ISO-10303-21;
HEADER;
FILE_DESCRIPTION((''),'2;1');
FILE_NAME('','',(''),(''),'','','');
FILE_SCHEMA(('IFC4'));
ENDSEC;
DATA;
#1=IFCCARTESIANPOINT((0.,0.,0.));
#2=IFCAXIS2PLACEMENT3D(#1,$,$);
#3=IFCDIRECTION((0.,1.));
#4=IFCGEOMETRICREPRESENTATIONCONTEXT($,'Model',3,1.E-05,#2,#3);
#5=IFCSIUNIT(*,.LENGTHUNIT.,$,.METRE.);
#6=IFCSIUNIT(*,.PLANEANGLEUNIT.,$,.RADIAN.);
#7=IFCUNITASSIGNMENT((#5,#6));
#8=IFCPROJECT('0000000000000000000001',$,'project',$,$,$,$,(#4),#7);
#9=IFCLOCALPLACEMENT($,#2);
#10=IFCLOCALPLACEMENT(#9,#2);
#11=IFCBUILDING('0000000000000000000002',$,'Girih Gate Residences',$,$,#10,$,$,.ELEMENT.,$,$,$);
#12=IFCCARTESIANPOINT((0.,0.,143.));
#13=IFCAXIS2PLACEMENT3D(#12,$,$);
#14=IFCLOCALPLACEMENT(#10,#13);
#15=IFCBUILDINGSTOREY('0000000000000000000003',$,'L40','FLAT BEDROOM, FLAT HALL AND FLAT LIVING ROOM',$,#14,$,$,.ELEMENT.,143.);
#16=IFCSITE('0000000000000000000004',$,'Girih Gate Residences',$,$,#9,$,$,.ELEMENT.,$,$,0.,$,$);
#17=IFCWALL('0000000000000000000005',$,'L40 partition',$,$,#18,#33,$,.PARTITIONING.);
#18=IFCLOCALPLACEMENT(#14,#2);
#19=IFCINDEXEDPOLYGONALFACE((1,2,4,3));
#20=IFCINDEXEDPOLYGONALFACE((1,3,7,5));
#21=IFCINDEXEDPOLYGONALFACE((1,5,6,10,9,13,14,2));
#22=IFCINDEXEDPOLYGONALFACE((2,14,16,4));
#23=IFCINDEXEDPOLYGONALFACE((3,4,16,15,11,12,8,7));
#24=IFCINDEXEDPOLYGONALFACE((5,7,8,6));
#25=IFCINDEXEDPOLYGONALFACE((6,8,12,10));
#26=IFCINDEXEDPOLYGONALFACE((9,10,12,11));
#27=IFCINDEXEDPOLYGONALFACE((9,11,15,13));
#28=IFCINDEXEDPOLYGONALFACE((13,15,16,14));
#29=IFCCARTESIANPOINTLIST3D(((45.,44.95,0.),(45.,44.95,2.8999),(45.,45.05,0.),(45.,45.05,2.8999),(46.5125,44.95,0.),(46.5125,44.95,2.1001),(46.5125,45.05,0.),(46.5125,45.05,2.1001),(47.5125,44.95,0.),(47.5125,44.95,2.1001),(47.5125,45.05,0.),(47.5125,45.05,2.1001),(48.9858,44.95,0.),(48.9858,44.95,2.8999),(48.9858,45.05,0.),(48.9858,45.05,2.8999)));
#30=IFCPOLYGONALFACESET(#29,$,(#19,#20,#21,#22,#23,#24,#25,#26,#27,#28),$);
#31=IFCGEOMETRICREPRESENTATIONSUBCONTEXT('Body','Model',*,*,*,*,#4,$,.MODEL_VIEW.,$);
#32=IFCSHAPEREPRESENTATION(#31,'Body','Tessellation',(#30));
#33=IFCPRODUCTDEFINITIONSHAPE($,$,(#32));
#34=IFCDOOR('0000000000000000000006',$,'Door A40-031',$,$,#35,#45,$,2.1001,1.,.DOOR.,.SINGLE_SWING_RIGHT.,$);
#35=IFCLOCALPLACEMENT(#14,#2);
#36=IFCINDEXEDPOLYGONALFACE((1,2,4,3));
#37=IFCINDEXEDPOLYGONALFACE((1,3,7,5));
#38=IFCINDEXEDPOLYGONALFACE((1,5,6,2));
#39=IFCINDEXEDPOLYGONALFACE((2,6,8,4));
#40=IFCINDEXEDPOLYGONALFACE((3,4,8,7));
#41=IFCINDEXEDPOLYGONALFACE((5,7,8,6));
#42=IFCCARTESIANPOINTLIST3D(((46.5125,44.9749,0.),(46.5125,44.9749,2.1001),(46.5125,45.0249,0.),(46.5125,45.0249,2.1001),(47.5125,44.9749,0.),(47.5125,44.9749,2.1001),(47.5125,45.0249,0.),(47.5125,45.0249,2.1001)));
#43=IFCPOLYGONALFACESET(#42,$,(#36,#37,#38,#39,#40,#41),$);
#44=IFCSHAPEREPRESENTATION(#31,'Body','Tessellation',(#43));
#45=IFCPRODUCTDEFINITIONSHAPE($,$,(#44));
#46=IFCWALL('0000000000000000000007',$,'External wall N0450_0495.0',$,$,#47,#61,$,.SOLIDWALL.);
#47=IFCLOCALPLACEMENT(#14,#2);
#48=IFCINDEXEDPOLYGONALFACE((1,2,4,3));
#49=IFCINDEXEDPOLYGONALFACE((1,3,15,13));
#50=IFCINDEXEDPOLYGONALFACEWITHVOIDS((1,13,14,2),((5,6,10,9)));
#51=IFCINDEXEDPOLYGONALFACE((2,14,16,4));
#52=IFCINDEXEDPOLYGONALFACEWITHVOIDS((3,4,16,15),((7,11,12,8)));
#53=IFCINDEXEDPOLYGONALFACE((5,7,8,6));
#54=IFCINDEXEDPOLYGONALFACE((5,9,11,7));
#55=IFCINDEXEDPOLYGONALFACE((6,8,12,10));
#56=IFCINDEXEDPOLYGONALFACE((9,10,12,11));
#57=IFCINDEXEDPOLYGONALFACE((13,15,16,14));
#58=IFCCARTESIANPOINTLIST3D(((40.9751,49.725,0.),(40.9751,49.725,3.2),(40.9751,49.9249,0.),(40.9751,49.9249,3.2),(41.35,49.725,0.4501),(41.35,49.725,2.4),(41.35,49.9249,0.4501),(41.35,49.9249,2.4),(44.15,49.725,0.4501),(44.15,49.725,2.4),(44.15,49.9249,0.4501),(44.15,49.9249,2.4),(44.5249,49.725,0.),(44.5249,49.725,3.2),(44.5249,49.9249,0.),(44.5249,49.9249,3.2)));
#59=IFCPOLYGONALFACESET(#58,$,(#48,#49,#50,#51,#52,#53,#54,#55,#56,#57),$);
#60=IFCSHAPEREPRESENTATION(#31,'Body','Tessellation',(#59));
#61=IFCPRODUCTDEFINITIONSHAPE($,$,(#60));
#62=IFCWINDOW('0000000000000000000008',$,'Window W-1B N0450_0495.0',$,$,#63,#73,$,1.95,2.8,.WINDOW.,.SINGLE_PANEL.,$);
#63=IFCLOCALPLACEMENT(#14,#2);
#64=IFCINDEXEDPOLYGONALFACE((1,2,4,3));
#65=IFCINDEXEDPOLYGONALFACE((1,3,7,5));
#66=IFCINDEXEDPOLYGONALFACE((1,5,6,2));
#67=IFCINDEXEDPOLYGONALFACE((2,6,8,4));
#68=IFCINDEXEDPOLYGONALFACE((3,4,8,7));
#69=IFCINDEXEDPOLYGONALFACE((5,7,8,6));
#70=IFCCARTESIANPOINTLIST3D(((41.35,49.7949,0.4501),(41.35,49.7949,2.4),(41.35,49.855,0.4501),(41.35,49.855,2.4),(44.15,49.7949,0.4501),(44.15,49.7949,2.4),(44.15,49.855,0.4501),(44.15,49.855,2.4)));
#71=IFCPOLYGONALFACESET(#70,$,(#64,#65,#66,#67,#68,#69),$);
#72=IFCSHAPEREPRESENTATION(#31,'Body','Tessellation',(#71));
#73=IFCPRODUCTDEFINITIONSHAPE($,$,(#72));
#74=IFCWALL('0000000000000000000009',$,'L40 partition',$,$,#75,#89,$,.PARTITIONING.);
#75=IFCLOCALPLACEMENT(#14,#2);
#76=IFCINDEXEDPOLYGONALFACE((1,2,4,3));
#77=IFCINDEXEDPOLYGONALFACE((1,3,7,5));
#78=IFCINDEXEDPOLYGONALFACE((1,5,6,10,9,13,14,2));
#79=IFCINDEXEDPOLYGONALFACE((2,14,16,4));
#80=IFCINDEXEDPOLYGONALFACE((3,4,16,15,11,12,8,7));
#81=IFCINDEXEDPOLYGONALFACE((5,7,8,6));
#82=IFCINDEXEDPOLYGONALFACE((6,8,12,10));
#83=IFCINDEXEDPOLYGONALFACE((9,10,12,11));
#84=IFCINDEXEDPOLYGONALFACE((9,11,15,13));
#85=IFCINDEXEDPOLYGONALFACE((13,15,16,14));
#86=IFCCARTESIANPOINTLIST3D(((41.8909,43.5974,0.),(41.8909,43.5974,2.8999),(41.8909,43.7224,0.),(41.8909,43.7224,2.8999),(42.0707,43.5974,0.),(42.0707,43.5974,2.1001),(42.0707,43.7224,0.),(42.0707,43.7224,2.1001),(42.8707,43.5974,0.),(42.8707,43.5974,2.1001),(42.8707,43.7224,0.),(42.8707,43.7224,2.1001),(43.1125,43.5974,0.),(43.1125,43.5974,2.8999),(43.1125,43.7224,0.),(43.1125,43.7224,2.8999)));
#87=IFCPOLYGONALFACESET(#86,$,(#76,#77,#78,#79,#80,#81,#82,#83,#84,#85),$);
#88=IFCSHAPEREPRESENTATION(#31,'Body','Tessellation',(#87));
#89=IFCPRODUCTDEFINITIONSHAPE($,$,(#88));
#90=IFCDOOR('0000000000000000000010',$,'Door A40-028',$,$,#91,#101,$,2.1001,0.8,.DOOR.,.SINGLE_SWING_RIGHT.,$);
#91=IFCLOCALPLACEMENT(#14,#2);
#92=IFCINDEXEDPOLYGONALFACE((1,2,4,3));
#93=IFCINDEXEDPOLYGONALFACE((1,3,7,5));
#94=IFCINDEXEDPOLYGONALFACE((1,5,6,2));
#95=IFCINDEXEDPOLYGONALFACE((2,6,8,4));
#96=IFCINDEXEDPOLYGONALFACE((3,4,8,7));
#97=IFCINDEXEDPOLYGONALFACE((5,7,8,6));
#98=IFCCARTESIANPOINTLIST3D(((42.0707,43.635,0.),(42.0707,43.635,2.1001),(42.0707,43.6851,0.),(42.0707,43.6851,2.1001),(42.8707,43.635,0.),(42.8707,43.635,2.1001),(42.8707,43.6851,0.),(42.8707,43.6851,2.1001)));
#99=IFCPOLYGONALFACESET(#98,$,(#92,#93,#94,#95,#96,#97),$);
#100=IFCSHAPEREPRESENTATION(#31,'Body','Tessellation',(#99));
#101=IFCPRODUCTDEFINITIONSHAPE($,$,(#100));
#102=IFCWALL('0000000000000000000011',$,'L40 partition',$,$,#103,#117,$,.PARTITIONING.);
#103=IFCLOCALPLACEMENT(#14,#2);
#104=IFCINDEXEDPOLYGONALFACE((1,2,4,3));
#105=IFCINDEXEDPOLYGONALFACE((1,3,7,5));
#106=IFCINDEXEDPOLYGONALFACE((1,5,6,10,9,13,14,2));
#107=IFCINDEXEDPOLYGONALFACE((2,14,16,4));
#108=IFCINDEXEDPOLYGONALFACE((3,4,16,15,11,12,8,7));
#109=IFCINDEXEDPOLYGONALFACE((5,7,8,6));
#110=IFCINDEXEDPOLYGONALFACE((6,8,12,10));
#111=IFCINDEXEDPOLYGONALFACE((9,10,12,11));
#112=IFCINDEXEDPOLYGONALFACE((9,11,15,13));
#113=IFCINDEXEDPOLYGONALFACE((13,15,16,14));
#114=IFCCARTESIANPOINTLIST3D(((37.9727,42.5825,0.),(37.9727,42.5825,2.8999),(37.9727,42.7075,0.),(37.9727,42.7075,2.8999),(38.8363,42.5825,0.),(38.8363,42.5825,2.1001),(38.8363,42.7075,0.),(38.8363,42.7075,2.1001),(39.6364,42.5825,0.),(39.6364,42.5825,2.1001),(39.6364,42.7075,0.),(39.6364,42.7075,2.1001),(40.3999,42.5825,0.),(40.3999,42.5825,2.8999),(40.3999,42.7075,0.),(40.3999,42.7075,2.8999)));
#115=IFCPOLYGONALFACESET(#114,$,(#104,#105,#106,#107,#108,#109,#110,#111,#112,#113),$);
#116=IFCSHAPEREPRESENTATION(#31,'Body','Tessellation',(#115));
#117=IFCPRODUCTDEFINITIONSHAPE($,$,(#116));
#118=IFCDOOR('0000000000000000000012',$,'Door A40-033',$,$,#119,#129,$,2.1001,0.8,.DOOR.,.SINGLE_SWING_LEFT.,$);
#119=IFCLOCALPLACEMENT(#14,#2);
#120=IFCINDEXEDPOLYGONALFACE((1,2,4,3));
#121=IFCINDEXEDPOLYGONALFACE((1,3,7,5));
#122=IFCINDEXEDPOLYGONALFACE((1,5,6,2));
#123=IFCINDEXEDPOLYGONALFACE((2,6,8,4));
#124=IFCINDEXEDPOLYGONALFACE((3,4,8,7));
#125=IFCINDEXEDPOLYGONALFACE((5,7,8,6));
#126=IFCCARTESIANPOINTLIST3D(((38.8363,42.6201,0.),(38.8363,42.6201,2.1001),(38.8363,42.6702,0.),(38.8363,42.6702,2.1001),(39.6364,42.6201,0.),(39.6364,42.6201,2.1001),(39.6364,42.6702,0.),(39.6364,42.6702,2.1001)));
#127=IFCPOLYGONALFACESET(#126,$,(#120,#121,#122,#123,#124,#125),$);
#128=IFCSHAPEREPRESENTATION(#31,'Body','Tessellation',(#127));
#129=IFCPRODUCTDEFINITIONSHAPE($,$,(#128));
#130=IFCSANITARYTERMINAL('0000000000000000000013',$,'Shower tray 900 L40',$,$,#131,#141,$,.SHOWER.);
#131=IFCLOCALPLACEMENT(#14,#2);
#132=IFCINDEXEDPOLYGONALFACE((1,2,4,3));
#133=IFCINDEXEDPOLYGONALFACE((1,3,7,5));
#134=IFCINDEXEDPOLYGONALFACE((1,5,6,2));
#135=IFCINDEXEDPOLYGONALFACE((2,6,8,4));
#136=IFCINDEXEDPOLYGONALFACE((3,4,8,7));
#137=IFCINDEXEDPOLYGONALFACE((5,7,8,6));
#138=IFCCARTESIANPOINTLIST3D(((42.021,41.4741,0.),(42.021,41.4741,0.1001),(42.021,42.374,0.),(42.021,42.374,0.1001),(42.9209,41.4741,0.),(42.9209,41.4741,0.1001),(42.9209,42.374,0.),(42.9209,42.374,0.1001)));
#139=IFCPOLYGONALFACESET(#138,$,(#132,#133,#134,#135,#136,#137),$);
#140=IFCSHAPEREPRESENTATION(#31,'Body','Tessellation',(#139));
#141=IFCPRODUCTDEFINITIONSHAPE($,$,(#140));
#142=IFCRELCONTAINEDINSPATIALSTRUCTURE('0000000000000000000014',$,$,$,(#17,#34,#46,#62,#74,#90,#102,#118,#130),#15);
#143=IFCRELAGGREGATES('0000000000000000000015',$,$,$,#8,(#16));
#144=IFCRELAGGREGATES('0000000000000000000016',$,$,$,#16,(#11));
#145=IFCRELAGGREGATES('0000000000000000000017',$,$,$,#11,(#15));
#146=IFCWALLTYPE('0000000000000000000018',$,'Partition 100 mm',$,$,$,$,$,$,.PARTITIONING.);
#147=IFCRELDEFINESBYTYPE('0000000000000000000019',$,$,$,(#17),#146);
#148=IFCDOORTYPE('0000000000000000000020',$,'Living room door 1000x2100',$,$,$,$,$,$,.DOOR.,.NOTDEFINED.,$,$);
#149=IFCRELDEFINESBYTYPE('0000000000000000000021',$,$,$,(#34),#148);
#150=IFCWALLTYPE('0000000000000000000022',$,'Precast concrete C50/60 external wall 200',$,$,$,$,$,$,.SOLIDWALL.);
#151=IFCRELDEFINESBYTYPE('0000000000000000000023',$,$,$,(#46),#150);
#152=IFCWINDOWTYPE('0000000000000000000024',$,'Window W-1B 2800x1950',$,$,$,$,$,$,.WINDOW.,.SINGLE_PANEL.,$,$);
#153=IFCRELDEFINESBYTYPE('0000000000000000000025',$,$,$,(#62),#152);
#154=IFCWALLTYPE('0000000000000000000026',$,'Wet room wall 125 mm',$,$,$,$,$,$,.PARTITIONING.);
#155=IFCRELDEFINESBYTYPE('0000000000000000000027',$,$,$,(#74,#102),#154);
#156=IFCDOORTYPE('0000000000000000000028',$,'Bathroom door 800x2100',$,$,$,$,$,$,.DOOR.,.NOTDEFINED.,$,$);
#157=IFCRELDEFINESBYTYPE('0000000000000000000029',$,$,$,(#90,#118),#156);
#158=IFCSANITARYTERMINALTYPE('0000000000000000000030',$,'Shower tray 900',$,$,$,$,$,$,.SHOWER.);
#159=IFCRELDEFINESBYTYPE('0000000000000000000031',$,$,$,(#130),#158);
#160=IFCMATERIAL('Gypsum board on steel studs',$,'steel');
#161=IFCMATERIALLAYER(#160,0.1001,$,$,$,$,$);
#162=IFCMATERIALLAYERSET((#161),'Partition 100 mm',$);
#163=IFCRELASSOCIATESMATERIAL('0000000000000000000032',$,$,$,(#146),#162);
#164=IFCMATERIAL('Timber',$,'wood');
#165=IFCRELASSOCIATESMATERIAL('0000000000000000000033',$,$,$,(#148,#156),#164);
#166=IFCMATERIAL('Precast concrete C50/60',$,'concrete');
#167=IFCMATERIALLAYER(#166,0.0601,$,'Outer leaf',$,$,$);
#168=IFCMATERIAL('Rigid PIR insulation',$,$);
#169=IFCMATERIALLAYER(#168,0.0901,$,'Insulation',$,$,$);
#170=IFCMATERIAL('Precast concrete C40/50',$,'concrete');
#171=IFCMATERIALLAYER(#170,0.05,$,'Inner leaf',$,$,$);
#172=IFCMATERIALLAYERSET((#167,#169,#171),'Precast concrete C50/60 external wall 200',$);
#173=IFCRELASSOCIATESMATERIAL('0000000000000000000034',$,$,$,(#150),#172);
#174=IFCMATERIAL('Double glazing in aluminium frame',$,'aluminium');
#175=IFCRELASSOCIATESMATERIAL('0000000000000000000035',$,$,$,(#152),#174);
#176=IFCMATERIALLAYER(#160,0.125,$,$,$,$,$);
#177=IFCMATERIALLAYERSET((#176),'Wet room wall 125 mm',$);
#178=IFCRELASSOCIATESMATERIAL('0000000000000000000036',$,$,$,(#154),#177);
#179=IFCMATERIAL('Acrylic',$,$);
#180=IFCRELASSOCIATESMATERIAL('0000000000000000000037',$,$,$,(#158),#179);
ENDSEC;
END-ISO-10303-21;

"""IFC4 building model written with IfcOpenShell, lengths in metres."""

from ifc_helpers import new_model, si_unit, direction, frame, frame_2d, origin, origin_2d, place, context, subcontext, project, spatial, rectangle, extrude, material, layer, layer_set, type_object, element, fill, save


model = new_model("IFC4")

# Units and contexts
model_context = context("Model", 3, precision=1e-05, world=origin(), true_north=direction((0.0, 1.0)))
body_context = subcontext(model_context, "Body", "Model", "MODEL_VIEW")
ifc_project = project(units=[si_unit("LENGTHUNIT", "METRE"), si_unit("PLANEANGLEUNIT", "RADIAN")], contexts=[model_context])

# Site, building, storey
site_placement = place(None, origin())
site = spatial("IfcSite", under=ifc_project, at=site_placement, Name="Girih Gate Residences", CompositionType="ELEMENT", RefElevation=0.0)
building_placement = place(site_placement, origin())
building = spatial("IfcBuilding", under=site, at=building_placement, Name="Girih Gate Residences", CompositionType="ELEMENT")
storey_placement = place(building_placement, frame((0.0, 0.0, 143.0)))
storey = spatial("IfcBuildingStorey", under=building, at=storey_placement, Name="L40", Description="FLAT BEDROOM, FLAT HALL AND FLAT LIVING ROOM", CompositionType="ELEMENT", Elevation=143.0)

# Shared definitions
ifc_material_1 = material(Name="Gypsum board on steel studs", Category="steel")
ifc_layer_1 = layer(ifc_material_1, 0.1001)
ifc_layer_set_1 = layer_set([ifc_layer_1], Name="Partition 100 mm")
wall_type_1 = type_object("IfcWallType", Name="Partition 100 mm", PredefinedType="PARTITIONING", material=ifc_layer_set_1)
ifc_material_2 = material(Name="Timber", Category="wood")

# Wall, opening, door
wall_1_placement = place(storey_placement, frame((45.0, 45.0, 0.0), z_axis=(0.0, 0.0, 1.0), x_axis=(1.0, 0.0, 0.0)))
wall_1 = element("IfcWall", 1, at=wall_1_placement, inside=storey, type_object=wall_type_1, Name="L40 partition", PredefinedType="PARTITIONING", context=body_context, shape_type="SweptSolid", body=[
    extrude(rectangle(XDim=3.9858, YDim=0.1001, at=frame_2d((1.9929, 0.0))), origin(), (0.0, 0.0, 1.0), 2.8999),
])
opening_1_placement = place(wall_1_placement, frame((1.5125, 0.0, 0.0)))
opening_1 = element("IfcOpeningElement", 2, at=opening_1_placement, cuts=wall_1, PredefinedType="OPENING", context=body_context, shape_type="SweptSolid", body=[
    extrude(rectangle(XDim=1.0, YDim=2.1001, at=frame_2d((0.5, 1.05))), frame((0.0, 0.0601, 0.0), z_axis=(0.0, -1.0, 0.0), x_axis=(1.0, 0.0, 0.0)), (0.0, 0.0, 1.0), 0.1201),
])
door_type_1 = type_object("IfcDoorType", Name="Living room door 1000x2100", OperationType="NOTDEFINED", PredefinedType="DOOR", material=ifc_material_2)
door_1_placement = place(opening_1_placement, origin())
door_1 = element("IfcDoor", 3, at=door_1_placement, inside=storey, type_object=door_type_1, Name="Door A40-031", OperationType="SINGLE_SWING_RIGHT", OverallHeight=2.1001, OverallWidth=1.0, PredefinedType="DOOR", context=body_context, shape_type="SweptSolid", body=[
    extrude(rectangle(XDim=1.0, YDim=2.1001, at=frame_2d((0.5, 1.05))), frame((0.0, 0.0249, 0.0), z_axis=(0.0, -1.0, 0.0), x_axis=(1.0, 0.0, 0.0)), (0.0, 0.0, 1.0), 0.05),
])
fill(opening_1, door_1)

# Wall, opening, window
ifc_material_3 = material(Name="Precast concrete C50/60", Category="concrete")
ifc_layer_2 = layer(ifc_material_3, 0.0601, Name="Outer leaf")
ifc_material_4 = material(Name="Rigid PIR insulation")
ifc_layer_3 = layer(ifc_material_4, 0.0901, Name="Insulation")
ifc_material_5 = material(Name="Precast concrete C40/50", Category="concrete")
ifc_layer_4 = layer(ifc_material_5, 0.05, Name="Inner leaf")
ifc_layer_set_2 = layer_set([ifc_layer_2, ifc_layer_3, ifc_layer_4], Name="Precast concrete C50/60 external wall 200")
wall_type_2 = type_object("IfcWallType", Name="Precast concrete C50/60 external wall 200", PredefinedType="SOLIDWALL", material=ifc_layer_set_2)
wall_2_placement = place(storey_placement, frame((40.9751, 49.825, 0.0), z_axis=(0.0, 0.0, 1.0), x_axis=(1.0, 0.0, 0.0)))
wall_2 = element("IfcWall", 4, at=wall_2_placement, inside=storey, type_object=wall_type_2, Name="External wall N0450_0495.0", PredefinedType="SOLIDWALL", context=body_context, shape_type="SweptSolid", body=[
    extrude(rectangle(XDim=3.5498, YDim=0.2, at=frame_2d((1.7749, 0.0))), origin(), (0.0, 0.0, 1.0), 3.2),
])
opening_2_placement = place(wall_2_placement, frame((0.375, 0.0, 0.45)))
opening_2 = element("IfcOpeningElement", 5, at=opening_2_placement, cuts=wall_2, PredefinedType="OPENING", context=body_context, shape_type="SweptSolid", body=[
    extrude(rectangle(XDim=2.8, YDim=1.95, at=frame_2d((1.3999, 0.9751))), frame((0.0, 0.1099, 0.0), z_axis=(0.0, -1.0, 0.0), x_axis=(1.0, 0.0, 0.0)), (0.0, 0.0, 1.0), 0.22),
])
ifc_material_6 = material(Name="Double glazing in aluminium frame", Category="aluminium")
window_type = type_object("IfcWindowType", Name="Window W-1B 2800x1950", PartitioningType="SINGLE_PANEL", PredefinedType="WINDOW", material=ifc_material_6)
window_placement = place(opening_2_placement, origin())
window = element("IfcWindow", 6, at=window_placement, inside=storey, type_object=window_type, Name="Window W-1B N0450_0495.0", OverallHeight=1.95, OverallWidth=2.8, PartitioningType="SINGLE_PANEL", PredefinedType="WINDOW", context=body_context, shape_type="SweptSolid", body=[
    extrude(rectangle(XDim=2.8, YDim=1.95, at=frame_2d((1.3999, 0.9751))), frame((0.0, 0.03, 0.0), z_axis=(0.0, -1.0, 0.0), x_axis=(1.0, 0.0, 0.0)), (0.0, 0.0, 1.0), 0.0601),
])
fill(opening_2, window)

# Walls, openings, doors
ifc_layer_5 = layer(ifc_material_1, 0.125)
ifc_layer_set_3 = layer_set([ifc_layer_5], Name="Wet room wall 125 mm")
wall_type_3 = type_object("IfcWallType", Name="Wet room wall 125 mm", PredefinedType="PARTITIONING", material=ifc_layer_set_3)
wall_3_placement = place(storey_placement, frame((43.1125, 43.6599, 0.0), z_axis=(0.0, 0.0, 1.0), x_axis=(-1.0, 0.0, 0.0)))
wall_3 = element("IfcWall", 7, at=wall_3_placement, inside=storey, type_object=wall_type_3, Name="L40 partition", PredefinedType="PARTITIONING", context=body_context, shape_type="SweptSolid", body=[
    extrude(rectangle(XDim=1.2217, YDim=0.125, at=frame_2d((0.6108, 0.0))), origin(), (0.0, 0.0, 1.0), 2.8999),
])
opening_3_placement = place(wall_3_placement, frame((0.2419, 0.0, 0.0)))
opening_3 = element("IfcOpeningElement", 8, at=opening_3_placement, cuts=wall_3, PredefinedType="OPENING", context=body_context, shape_type="SweptSolid", body=[
    extrude(rectangle(XDim=0.8, YDim=2.1001, at=frame_2d((0.3999, 1.05))), frame((0.0, 0.0725, 0.0), z_axis=(0.0, -1.0, 0.0), x_axis=(1.0, 0.0, 0.0)), (0.0, 0.0, 1.0), 0.145),
])
door_type_2 = type_object("IfcDoorType", Name="Bathroom door 800x2100", OperationType="NOTDEFINED", PredefinedType="DOOR", material=ifc_material_2)
door_2_placement = place(opening_3_placement, origin())
door_2 = element("IfcDoor", 9, at=door_2_placement, inside=storey, type_object=door_type_2, Name="Door A40-028", OperationType="SINGLE_SWING_RIGHT", OverallHeight=2.1001, OverallWidth=0.8, PredefinedType="DOOR", context=body_context, shape_type="SweptSolid", body=[
    extrude(rectangle(XDim=0.8, YDim=2.1001, at=frame_2d((0.3999, 1.05))), frame((0.0, 0.0249, 0.0), z_axis=(0.0, -1.0, 0.0), x_axis=(1.0, 0.0, 0.0)), (0.0, 0.0, 1.0), 0.05),
])
fill(opening_3, door_2)
wall_4_placement = place(storey_placement, frame((40.3999, 42.645, 0.0), z_axis=(0.0, 0.0, 1.0), x_axis=(-1.0, 0.0, 0.0)))
wall_4 = element("IfcWall", 10, at=wall_4_placement, inside=storey, type_object=wall_type_3, Name="L40 partition", PredefinedType="PARTITIONING", context=body_context, shape_type="SweptSolid", body=[
    extrude(rectangle(XDim=2.4272, YDim=0.125, at=frame_2d((1.2136, 0.0))), origin(), (0.0, 0.0, 1.0), 2.8999),
])
opening_4_placement = place(wall_4_placement, frame((0.7637, 0.0, 0.0)))
opening_4 = element("IfcOpeningElement", 11, at=opening_4_placement, cuts=wall_4, PredefinedType="OPENING", context=body_context, shape_type="SweptSolid", body=[
    extrude(rectangle(XDim=0.8, YDim=2.1001, at=frame_2d((0.3999, 1.05))), frame((0.0, 0.0725, 0.0), z_axis=(0.0, -1.0, 0.0), x_axis=(1.0, 0.0, 0.0)), (0.0, 0.0, 1.0), 0.145),
])
door_3_placement = place(opening_4_placement, origin())
door_3 = element("IfcDoor", 12, at=door_3_placement, inside=storey, type_object=door_type_2, Name="Door A40-033", OperationType="SINGLE_SWING_LEFT", OverallHeight=2.1001, OverallWidth=0.8, PredefinedType="DOOR", context=body_context, shape_type="SweptSolid", body=[
    extrude(rectangle(XDim=0.8, YDim=2.1001, at=frame_2d((0.3999, 1.05))), frame((0.0, 0.0249, 0.0), z_axis=(0.0, -1.0, 0.0), x_axis=(1.0, 0.0, 0.0)), (0.0, 0.0, 1.0), 0.05),
])
fill(opening_4, door_3)

# Sanitary terminal
ifc_material_7 = material(Name="Acrylic")
sanitary_terminal_type = type_object("IfcSanitaryTerminalType", Name="Shower tray 900", PredefinedType="SHOWER", material=ifc_material_7)
sanitary_terminal_placement = place(storey_placement, frame((42.4709, 41.9241, 0.0), z_axis=(0.0, 0.0, 1.0), x_axis=(1.0, 0.0, 0.0)))
element("IfcSanitaryTerminal", 13, at=sanitary_terminal_placement, inside=storey, type_object=sanitary_terminal_type, Name="Shower tray 900 L40", PredefinedType="SHOWER", context=body_context, shape_type="SweptSolid", body=[
    extrude(rectangle(XDim=0.8999, YDim=0.8999, at=origin_2d()), origin(), (0.0, 0.0, 1.0), 0.1001),
])

save(model, "model.ifc")
